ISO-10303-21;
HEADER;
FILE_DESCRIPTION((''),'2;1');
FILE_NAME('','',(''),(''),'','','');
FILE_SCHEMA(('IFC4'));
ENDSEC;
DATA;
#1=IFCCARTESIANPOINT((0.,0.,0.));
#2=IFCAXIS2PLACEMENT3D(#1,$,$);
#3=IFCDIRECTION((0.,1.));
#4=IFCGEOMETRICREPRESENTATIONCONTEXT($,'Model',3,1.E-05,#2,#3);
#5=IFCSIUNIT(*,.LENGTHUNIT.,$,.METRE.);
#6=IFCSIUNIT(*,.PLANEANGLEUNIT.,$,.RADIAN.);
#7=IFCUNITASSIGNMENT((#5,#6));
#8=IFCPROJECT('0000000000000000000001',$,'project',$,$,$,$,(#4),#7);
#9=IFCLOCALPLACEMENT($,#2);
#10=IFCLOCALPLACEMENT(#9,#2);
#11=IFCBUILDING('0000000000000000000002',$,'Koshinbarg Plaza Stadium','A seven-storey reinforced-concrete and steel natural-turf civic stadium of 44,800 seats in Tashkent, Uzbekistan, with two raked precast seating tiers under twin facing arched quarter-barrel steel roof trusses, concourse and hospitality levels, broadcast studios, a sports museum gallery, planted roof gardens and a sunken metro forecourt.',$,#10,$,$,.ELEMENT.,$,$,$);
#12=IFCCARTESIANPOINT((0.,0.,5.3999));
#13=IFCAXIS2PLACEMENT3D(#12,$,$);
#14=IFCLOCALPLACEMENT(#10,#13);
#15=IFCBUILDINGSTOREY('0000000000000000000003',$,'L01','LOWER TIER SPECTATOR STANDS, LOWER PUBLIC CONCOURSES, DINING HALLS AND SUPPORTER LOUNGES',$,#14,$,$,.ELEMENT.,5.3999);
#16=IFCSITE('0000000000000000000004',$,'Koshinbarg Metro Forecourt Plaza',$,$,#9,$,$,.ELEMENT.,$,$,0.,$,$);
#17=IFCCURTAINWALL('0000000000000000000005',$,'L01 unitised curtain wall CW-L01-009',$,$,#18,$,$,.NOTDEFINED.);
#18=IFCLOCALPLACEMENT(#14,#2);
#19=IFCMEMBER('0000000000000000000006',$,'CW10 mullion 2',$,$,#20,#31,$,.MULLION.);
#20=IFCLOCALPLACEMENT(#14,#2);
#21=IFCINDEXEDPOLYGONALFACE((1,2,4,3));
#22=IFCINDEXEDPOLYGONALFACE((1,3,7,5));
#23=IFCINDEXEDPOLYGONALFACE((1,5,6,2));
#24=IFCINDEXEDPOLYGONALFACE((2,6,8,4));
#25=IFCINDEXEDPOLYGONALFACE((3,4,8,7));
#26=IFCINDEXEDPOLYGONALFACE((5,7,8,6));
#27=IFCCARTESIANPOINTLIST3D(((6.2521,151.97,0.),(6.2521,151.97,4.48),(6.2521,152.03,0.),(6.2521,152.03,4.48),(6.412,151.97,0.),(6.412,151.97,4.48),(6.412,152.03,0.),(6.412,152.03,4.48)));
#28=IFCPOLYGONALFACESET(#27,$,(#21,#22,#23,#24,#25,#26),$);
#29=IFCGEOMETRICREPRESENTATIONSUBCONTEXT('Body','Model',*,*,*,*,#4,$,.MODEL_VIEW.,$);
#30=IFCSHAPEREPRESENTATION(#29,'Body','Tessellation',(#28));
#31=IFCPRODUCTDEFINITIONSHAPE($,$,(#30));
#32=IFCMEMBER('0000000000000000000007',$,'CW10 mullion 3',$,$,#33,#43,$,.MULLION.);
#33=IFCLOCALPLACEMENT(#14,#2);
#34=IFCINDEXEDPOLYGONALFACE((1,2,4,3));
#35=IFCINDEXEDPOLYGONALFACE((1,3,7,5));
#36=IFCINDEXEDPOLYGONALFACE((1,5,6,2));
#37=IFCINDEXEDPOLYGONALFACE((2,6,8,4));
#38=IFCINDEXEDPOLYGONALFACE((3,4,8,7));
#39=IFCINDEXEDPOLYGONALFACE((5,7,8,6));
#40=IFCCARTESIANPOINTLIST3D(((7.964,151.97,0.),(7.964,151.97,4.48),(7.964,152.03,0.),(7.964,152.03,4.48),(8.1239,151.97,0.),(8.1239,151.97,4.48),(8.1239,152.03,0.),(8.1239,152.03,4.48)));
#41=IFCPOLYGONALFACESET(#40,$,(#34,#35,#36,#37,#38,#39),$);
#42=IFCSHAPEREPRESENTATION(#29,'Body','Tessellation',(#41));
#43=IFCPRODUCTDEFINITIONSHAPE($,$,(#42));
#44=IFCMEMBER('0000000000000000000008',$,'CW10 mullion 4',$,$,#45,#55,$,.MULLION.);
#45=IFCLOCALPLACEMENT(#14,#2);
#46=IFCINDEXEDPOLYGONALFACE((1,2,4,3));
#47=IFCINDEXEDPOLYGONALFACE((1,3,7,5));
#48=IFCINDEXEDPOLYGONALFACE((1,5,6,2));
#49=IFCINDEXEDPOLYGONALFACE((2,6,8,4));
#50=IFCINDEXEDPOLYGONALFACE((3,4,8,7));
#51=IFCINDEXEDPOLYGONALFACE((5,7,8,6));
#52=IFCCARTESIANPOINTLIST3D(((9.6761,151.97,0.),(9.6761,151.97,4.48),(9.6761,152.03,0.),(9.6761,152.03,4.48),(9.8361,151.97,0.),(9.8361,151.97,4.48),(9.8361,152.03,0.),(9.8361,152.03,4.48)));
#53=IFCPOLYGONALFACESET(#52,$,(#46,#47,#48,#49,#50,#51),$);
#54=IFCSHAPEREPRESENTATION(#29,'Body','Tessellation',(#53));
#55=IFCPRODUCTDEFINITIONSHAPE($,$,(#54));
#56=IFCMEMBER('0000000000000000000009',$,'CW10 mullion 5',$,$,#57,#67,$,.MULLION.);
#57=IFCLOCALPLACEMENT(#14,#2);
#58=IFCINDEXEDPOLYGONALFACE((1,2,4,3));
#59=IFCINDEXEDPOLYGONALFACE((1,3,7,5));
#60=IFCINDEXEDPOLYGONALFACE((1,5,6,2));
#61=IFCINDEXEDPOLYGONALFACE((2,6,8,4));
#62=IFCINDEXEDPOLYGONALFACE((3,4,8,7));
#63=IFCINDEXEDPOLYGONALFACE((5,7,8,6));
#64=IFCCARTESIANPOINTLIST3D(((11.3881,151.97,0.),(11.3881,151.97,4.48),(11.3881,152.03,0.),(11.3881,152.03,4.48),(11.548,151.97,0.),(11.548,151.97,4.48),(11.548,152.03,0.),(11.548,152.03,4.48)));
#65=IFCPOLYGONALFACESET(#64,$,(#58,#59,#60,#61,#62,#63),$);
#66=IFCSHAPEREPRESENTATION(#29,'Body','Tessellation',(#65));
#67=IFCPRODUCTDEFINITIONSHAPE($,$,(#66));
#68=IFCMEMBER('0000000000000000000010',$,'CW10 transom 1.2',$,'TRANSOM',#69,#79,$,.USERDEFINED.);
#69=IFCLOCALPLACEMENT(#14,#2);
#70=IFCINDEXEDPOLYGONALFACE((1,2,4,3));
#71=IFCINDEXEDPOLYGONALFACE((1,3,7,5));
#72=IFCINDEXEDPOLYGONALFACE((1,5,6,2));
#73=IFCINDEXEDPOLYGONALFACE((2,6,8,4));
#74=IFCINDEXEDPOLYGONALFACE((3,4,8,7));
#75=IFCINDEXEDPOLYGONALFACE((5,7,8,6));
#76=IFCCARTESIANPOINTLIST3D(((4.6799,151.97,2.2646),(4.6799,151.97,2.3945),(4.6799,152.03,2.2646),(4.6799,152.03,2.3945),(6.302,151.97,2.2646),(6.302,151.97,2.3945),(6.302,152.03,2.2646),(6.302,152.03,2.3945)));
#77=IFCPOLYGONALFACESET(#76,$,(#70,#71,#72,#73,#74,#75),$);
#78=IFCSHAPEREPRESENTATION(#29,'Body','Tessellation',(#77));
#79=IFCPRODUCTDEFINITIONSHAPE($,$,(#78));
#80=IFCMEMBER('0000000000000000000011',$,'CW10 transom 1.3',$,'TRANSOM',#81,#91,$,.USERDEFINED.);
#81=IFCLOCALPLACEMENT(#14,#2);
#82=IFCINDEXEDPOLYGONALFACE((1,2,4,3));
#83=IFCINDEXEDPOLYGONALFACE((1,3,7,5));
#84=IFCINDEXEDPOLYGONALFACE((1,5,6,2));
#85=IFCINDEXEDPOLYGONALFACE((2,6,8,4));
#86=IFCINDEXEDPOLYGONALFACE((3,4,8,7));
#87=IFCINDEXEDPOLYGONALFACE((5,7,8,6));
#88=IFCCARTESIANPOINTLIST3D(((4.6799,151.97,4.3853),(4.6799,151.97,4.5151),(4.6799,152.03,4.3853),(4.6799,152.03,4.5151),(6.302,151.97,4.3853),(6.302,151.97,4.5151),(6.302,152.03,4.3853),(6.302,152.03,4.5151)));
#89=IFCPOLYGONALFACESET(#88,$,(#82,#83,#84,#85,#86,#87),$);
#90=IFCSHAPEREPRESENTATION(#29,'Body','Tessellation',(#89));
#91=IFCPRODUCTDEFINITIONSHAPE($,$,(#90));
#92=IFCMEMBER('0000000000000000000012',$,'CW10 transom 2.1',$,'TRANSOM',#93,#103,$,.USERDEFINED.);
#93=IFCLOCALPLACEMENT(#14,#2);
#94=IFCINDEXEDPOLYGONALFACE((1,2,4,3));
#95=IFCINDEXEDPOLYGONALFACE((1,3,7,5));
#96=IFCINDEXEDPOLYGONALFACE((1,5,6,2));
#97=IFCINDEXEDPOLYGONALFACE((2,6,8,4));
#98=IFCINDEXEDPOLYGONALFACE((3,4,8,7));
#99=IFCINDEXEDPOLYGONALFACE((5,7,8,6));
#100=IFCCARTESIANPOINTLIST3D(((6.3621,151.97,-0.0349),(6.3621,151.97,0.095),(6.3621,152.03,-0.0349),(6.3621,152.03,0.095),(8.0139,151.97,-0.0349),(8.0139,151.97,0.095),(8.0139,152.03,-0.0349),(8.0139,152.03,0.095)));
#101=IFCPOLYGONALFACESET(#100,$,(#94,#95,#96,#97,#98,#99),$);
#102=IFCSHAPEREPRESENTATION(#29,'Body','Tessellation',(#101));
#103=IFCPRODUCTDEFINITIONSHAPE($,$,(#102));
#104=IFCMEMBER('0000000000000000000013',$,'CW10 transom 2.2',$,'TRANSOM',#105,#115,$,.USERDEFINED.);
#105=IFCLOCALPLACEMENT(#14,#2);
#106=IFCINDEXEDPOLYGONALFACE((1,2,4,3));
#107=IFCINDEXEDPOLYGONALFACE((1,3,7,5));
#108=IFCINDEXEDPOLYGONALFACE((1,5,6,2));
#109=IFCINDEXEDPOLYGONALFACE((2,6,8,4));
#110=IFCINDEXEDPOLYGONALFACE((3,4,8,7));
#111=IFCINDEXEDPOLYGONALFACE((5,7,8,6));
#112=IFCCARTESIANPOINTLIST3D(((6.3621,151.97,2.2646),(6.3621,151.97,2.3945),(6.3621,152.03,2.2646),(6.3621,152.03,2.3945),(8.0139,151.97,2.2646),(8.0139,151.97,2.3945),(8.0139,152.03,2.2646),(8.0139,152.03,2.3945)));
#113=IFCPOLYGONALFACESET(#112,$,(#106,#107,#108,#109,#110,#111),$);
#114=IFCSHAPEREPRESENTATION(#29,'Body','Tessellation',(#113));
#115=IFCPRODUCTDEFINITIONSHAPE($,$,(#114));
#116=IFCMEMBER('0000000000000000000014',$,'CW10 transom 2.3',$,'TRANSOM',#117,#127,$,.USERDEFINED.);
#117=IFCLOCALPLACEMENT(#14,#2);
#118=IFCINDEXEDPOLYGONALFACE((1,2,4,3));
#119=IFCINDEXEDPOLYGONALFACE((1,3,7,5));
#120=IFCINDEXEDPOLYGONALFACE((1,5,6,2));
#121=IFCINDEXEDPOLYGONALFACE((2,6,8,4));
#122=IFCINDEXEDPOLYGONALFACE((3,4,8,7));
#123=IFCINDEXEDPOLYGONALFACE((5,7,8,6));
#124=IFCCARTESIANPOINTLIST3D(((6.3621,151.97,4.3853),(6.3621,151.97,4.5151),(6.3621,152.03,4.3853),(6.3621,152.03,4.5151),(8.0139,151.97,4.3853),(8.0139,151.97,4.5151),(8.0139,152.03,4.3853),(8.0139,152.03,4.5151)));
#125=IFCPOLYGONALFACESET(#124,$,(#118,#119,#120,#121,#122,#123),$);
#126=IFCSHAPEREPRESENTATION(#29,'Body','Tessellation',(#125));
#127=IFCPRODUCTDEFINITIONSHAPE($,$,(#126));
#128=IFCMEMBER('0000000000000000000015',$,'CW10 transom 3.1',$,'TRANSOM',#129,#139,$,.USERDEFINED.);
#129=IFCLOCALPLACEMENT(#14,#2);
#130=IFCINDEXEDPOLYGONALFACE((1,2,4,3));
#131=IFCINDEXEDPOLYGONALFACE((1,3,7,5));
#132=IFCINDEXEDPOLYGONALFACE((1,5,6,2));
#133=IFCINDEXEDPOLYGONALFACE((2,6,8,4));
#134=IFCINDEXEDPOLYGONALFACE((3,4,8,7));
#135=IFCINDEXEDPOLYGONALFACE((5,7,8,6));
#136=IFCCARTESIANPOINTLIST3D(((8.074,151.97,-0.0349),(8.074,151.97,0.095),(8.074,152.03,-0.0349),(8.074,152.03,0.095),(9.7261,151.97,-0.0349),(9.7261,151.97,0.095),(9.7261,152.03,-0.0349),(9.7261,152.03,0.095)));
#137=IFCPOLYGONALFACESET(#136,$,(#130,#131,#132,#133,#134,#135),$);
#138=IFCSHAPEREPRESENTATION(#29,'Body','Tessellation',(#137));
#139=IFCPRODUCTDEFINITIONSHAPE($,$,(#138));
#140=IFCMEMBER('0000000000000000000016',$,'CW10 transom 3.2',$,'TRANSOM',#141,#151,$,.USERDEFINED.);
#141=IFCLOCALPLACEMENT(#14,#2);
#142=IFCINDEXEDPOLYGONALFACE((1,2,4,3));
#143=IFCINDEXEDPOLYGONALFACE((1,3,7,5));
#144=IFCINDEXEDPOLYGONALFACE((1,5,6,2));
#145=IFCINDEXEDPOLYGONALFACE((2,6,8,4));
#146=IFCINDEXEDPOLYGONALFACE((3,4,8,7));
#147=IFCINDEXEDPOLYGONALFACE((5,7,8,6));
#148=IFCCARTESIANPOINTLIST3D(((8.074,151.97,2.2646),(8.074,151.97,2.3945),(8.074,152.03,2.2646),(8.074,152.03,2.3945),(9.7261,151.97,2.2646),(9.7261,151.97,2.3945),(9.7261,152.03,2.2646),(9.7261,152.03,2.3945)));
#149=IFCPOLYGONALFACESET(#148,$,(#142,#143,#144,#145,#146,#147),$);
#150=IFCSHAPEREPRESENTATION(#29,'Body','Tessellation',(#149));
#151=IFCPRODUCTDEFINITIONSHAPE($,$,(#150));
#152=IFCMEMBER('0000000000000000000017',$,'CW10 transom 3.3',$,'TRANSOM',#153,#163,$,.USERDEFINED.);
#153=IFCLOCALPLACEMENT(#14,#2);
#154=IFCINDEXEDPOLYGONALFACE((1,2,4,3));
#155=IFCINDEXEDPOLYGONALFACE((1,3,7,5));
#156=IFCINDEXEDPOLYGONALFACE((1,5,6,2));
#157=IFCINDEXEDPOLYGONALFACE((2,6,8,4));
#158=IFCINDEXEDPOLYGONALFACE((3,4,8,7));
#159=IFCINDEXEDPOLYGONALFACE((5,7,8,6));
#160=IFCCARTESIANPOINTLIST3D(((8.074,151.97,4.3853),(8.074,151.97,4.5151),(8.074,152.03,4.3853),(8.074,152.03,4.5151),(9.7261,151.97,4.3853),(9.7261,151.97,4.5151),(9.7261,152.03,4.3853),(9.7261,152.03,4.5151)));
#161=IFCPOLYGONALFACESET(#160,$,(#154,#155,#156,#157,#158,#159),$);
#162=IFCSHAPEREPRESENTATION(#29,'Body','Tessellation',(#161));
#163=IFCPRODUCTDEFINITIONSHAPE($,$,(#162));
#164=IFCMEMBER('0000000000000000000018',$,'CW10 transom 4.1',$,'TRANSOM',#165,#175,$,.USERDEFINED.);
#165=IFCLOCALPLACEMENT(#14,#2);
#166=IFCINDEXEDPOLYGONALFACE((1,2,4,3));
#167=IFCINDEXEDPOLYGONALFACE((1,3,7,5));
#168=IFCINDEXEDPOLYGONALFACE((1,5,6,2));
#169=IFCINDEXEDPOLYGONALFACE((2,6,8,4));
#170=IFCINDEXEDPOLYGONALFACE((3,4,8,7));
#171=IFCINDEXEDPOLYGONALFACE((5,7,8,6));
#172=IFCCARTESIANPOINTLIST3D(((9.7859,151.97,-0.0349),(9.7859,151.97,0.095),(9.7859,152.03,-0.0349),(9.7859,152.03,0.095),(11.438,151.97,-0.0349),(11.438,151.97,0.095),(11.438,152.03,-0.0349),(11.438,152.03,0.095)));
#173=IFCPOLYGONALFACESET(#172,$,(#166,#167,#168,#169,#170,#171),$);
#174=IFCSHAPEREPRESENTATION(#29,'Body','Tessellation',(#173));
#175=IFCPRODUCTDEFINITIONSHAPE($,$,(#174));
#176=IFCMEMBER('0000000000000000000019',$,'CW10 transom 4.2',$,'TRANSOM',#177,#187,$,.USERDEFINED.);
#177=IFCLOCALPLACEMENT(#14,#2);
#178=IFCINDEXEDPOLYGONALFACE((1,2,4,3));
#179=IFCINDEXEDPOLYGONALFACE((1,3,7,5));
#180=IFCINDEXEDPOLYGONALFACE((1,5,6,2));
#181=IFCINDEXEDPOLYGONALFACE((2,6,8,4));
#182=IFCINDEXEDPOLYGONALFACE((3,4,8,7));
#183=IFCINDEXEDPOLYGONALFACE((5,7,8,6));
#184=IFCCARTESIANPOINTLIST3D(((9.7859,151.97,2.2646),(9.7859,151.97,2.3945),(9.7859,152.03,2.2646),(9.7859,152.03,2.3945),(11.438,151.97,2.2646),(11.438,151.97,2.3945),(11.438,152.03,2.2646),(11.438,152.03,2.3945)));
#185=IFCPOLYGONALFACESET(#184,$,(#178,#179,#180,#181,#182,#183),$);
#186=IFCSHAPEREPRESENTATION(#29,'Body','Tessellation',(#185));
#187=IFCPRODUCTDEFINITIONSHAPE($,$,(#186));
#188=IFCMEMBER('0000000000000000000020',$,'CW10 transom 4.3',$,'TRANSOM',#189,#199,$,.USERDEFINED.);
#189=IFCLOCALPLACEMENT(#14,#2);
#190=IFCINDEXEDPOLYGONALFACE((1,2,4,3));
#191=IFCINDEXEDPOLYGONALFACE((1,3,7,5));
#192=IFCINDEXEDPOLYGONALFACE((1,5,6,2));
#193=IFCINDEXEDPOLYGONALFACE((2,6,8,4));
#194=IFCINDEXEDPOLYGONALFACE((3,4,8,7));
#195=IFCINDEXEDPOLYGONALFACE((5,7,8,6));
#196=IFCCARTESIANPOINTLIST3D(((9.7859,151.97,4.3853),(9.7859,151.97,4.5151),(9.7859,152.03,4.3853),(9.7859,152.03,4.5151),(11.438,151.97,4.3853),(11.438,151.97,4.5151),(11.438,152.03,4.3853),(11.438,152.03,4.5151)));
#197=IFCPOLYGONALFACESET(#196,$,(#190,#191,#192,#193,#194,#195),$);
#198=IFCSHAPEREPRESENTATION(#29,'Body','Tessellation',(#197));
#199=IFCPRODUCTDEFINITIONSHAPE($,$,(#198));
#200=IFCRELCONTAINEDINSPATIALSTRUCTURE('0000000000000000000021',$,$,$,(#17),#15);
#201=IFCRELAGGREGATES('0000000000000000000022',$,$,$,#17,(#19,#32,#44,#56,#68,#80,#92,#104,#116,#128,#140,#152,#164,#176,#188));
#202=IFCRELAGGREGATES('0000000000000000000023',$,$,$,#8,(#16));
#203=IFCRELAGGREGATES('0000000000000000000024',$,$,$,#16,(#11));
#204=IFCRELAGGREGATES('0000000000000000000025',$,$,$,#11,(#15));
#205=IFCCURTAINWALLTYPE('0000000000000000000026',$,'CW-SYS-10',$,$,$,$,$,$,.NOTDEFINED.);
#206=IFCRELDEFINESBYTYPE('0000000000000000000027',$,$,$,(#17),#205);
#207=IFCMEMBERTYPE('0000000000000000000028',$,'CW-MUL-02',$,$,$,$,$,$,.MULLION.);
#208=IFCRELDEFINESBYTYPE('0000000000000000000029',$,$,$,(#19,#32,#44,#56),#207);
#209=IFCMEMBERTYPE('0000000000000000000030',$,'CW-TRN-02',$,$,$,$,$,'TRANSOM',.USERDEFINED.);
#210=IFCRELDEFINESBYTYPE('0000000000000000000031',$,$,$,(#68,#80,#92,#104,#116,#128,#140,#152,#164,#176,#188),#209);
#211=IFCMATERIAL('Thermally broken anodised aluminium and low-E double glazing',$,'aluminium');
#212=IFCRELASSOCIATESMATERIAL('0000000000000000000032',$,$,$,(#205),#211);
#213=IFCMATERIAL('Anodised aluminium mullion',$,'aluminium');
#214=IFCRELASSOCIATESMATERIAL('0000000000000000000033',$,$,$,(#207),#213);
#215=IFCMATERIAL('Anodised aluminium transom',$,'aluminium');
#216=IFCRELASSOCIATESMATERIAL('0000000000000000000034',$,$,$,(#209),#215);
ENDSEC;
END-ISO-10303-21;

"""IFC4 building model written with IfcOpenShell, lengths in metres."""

from ifc_helpers import new_model, si_unit, direction, frame, origin, origin_2d, place, context, subcontext, project, spatial, rectangle, extrude, material, material_profile, profile_set, type_object, element, aggregate, save


model = new_model("IFC4")

# Units and contexts
model_context = context("Model", 3, precision=1e-05, world=origin(), true_north=direction((0.0, 1.0)))
body_context = subcontext(model_context, "Body", "Model", "MODEL_VIEW")
ifc_project = project(units=[si_unit("LENGTHUNIT", "METRE"), si_unit("PLANEANGLEUNIT", "RADIAN")], contexts=[model_context])

# Site, building, storey
site_placement = place(None, origin())
site = spatial("IfcSite", under=ifc_project, at=site_placement, Name="Koshinbarg Metro Forecourt Plaza", CompositionType="ELEMENT", RefElevation=0.0)
building_placement = place(site_placement, origin())
building = spatial("IfcBuilding", under=site, at=building_placement, Name="Koshinbarg Plaza Stadium", Description="A seven-storey reinforced-concrete and steel natural-turf civic stadium of 44,800 seats in Tashkent, Uzbekistan, with two raked precast seating tiers under twin facing arched quarter-barrel steel roof trusses, concourse and hospitality levels, broadcast studios, a sports museum gallery, planted roof gardens and a sunken metro forecourt.", CompositionType="ELEMENT")
storey_placement = place(building_placement, frame((0.0, 0.0, 5.3999)))
storey = spatial("IfcBuildingStorey", under=building, at=storey_placement, Name="L01", Description="LOWER TIER SPECTATOR STANDS, LOWER PUBLIC CONCOURSES, DINING HALLS AND SUPPORTER LOUNGES", CompositionType="ELEMENT", Elevation=5.3999)

# Curtain wall, members
ifc_material_1 = material(Name="Thermally broken anodised aluminium and low-E double glazing", Category="aluminium")
curtain_wall_type = type_object("IfcCurtainWallType", Name="CW-SYS-10", PredefinedType="NOTDEFINED", material=ifc_material_1)
curtain_wall_placement = place(storey_placement, origin())
curtain_wall = element("IfcCurtainWall", 1, at=curtain_wall_placement, inside=storey, type_object=curtain_wall_type, Name="L01 unitised curtain wall CW-L01-009", PredefinedType="NOTDEFINED")
ifc_material_2 = material(Name="Anodised aluminium mullion", Category="aluminium")
ifc_material_profile_1 = material_profile(ifc_material_2, rectangle(XDim=0.0601, YDim=0.1599, at=origin_2d()), Name="ALU 60x160")
ifc_profile_set_1 = profile_set([ifc_material_profile_1], Name="Anodised aluminium mullion")
member_type_1 = type_object("IfcMemberType", Name="CW-MUL-02", PredefinedType="MULLION", material=ifc_profile_set_1)
member_1_placement = place(storey_placement, frame((6.332, 152.0, 0.0), z_axis=(0.0, 0.0, 1.0), x_axis=(0.0, 1.0, 0.0)))
member_1 = element("IfcMember", 2, at=member_1_placement, type_object=member_type_1, Name="CW10 mullion 2", PredefinedType="MULLION", context=body_context, shape_type="SweptSolid", body=[
    extrude(rectangle(XDim=0.0601, YDim=0.1599, at=origin_2d()), origin(), (0.0, 0.0, 1.0), 4.48),
])
member_2_placement = place(storey_placement, frame((8.0439, 152.0, 0.0), z_axis=(0.0, 0.0, 1.0), x_axis=(0.0, 1.0, 0.0)))
member_2 = element("IfcMember", 3, at=member_2_placement, type_object=member_type_1, Name="CW10 mullion 3", PredefinedType="MULLION", context=body_context, shape_type="SweptSolid", body=[
    extrude(rectangle(XDim=0.0601, YDim=0.1599, at=origin_2d()), origin(), (0.0, 0.0, 1.0), 4.48),
])
member_3_placement = place(storey_placement, frame((9.7561, 152.0, 0.0), z_axis=(0.0, 0.0, 1.0), x_axis=(0.0, 1.0, 0.0)))
member_3 = element("IfcMember", 4, at=member_3_placement, type_object=member_type_1, Name="CW10 mullion 4", PredefinedType="MULLION", context=body_context, shape_type="SweptSolid", body=[
    extrude(rectangle(XDim=0.0601, YDim=0.1599, at=origin_2d()), origin(), (0.0, 0.0, 1.0), 4.48),
])
member_4_placement = place(storey_placement, frame((11.468, 152.0, 0.0), z_axis=(0.0, 0.0, 1.0), x_axis=(0.0, 1.0, 0.0)))
member_4 = element("IfcMember", 5, at=member_4_placement, type_object=member_type_1, Name="CW10 mullion 5", PredefinedType="MULLION", context=body_context, shape_type="SweptSolid", body=[
    extrude(rectangle(XDim=0.0601, YDim=0.1599, at=origin_2d()), origin(), (0.0, 0.0, 1.0), 4.48),
])
ifc_material_3 = material(Name="Anodised aluminium transom", Category="aluminium")
ifc_material_profile_2 = material_profile(ifc_material_3, rectangle(XDim=0.0601, YDim=0.1299, at=origin_2d()), Name="ALU 60x130")
ifc_profile_set_2 = profile_set([ifc_material_profile_2], Name="Anodised aluminium transom")
member_type_2 = type_object("IfcMemberType", Name="CW-TRN-02", ElementType="TRANSOM", PredefinedType="USERDEFINED", material=ifc_profile_set_2)
member_5_placement = place(storey_placement, frame((4.6799, 152.0, 2.3296), z_axis=(1.0, 0.0, 0.0), x_axis=(0.0, 1.0, 0.0)))
member_5 = element("IfcMember", 6, at=member_5_placement, type_object=member_type_2, Name="CW10 transom 1.2", ObjectType="TRANSOM", PredefinedType="USERDEFINED", context=body_context, shape_type="SweptSolid", body=[
    extrude(rectangle(XDim=0.0601, YDim=0.1299, at=origin_2d()), origin(), (0.0, 0.0, 1.0), 1.6221),
])
member_6_placement = place(storey_placement, frame((4.6799, 152.0, 4.4502), z_axis=(1.0, 0.0, 0.0), x_axis=(0.0, 1.0, 0.0)))
member_6 = element("IfcMember", 7, at=member_6_placement, type_object=member_type_2, Name="CW10 transom 1.3", ObjectType="TRANSOM", PredefinedType="USERDEFINED", context=body_context, shape_type="SweptSolid", body=[
    extrude(rectangle(XDim=0.0601, YDim=0.1299, at=origin_2d()), origin(), (0.0, 0.0, 1.0), 1.6221),
])
member_7_placement = place(storey_placement, frame((6.3621, 152.0, 0.03), z_axis=(1.0, 0.0, 0.0), x_axis=(0.0, 1.0, 0.0)))
member_7 = element("IfcMember", 8, at=member_7_placement, type_object=member_type_2, Name="CW10 transom 2.1", ObjectType="TRANSOM", PredefinedType="USERDEFINED", context=body_context, shape_type="SweptSolid", body=[
    extrude(rectangle(XDim=0.0601, YDim=0.1299, at=origin_2d()), origin(), (0.0, 0.0, 1.0), 1.6519),
])
member_8_placement = place(storey_placement, frame((6.3621, 152.0, 2.3296), z_axis=(1.0, 0.0, 0.0), x_axis=(0.0, 1.0, 0.0)))
member_8 = element("IfcMember", 9, at=member_8_placement, type_object=member_type_2, Name="CW10 transom 2.2", ObjectType="TRANSOM", PredefinedType="USERDEFINED", context=body_context, shape_type="SweptSolid", body=[
    extrude(rectangle(XDim=0.0601, YDim=0.1299, at=origin_2d()), origin(), (0.0, 0.0, 1.0), 1.6519),
])
member_9_placement = place(storey_placement, frame((6.3621, 152.0, 4.4502), z_axis=(1.0, 0.0, 0.0), x_axis=(0.0, 1.0, 0.0)))
member_9 = element("IfcMember", 10, at=member_9_placement, type_object=member_type_2, Name="CW10 transom 2.3", ObjectType="TRANSOM", PredefinedType="USERDEFINED", context=body_context, shape_type="SweptSolid", body=[
    extrude(rectangle(XDim=0.0601, YDim=0.1299, at=origin_2d()), origin(), (0.0, 0.0, 1.0), 1.6519),
])
member_10_placement = place(storey_placement, frame((8.074, 152.0, 0.03), z_axis=(1.0, 0.0, 0.0), x_axis=(0.0, 1.0, 0.0)))
member_10 = element("IfcMember", 11, at=member_10_placement, type_object=member_type_2, Name="CW10 transom 3.1", ObjectType="TRANSOM", PredefinedType="USERDEFINED", context=body_context, shape_type="SweptSolid", body=[
    extrude(rectangle(XDim=0.0601, YDim=0.1299, at=origin_2d()), origin(), (0.0, 0.0, 1.0), 1.6521),
])
member_11_placement = place(storey_placement, frame((8.074, 152.0, 2.3296), z_axis=(1.0, 0.0, 0.0), x_axis=(0.0, 1.0, 0.0)))
member_11 = element("IfcMember", 12, at=member_11_placement, type_object=member_type_2, Name="CW10 transom 3.2", ObjectType="TRANSOM", PredefinedType="USERDEFINED", context=body_context, shape_type="SweptSolid", body=[
    extrude(rectangle(XDim=0.0601, YDim=0.1299, at=origin_2d()), origin(), (0.0, 0.0, 1.0), 1.6521),
])
member_12_placement = place(storey_placement, frame((8.074, 152.0, 4.4502), z_axis=(1.0, 0.0, 0.0), x_axis=(0.0, 1.0, 0.0)))
member_12 = element("IfcMember", 13, at=member_12_placement, type_object=member_type_2, Name="CW10 transom 3.3", ObjectType="TRANSOM", PredefinedType="USERDEFINED", context=body_context, shape_type="SweptSolid", body=[
    extrude(rectangle(XDim=0.0601, YDim=0.1299, at=origin_2d()), origin(), (0.0, 0.0, 1.0), 1.6521),
])
member_13_placement = place(storey_placement, frame((9.7859, 152.0, 0.03), z_axis=(1.0, 0.0, 0.0), x_axis=(0.0, 1.0, 0.0)))
member_13 = element("IfcMember", 14, at=member_13_placement, type_object=member_type_2, Name="CW10 transom 4.1", ObjectType="TRANSOM", PredefinedType="USERDEFINED", context=body_context, shape_type="SweptSolid", body=[
    extrude(rectangle(XDim=0.0601, YDim=0.1299, at=origin_2d()), origin(), (0.0, 0.0, 1.0), 1.6521),
])
member_14_placement = place(storey_placement, frame((9.7859, 152.0, 2.3296), z_axis=(1.0, 0.0, 0.0), x_axis=(0.0, 1.0, 0.0)))
member_14 = element("IfcMember", 15, at=member_14_placement, type_object=member_type_2, Name="CW10 transom 4.2", ObjectType="TRANSOM", PredefinedType="USERDEFINED", context=body_context, shape_type="SweptSolid", body=[
    extrude(rectangle(XDim=0.0601, YDim=0.1299, at=origin_2d()), origin(), (0.0, 0.0, 1.0), 1.6521),
])
member_15_placement = place(storey_placement, frame((9.7859, 152.0, 4.4502), z_axis=(1.0, 0.0, 0.0), x_axis=(0.0, 1.0, 0.0)))
member_15 = element("IfcMember", 16, at=member_15_placement, type_object=member_type_2, Name="CW10 transom 4.3", ObjectType="TRANSOM", PredefinedType="USERDEFINED", context=body_context, shape_type="SweptSolid", body=[
    extrude(rectangle(XDim=0.0601, YDim=0.1299, at=origin_2d()), origin(), (0.0, 0.0, 1.0), 1.6521),
])
aggregate(curtain_wall, [member_1, member_2, member_3, member_4, member_5, member_6, member_7, member_8, member_9, member_10, member_11, member_12, member_13, member_14, member_15])

save(model, "model.ifc")
